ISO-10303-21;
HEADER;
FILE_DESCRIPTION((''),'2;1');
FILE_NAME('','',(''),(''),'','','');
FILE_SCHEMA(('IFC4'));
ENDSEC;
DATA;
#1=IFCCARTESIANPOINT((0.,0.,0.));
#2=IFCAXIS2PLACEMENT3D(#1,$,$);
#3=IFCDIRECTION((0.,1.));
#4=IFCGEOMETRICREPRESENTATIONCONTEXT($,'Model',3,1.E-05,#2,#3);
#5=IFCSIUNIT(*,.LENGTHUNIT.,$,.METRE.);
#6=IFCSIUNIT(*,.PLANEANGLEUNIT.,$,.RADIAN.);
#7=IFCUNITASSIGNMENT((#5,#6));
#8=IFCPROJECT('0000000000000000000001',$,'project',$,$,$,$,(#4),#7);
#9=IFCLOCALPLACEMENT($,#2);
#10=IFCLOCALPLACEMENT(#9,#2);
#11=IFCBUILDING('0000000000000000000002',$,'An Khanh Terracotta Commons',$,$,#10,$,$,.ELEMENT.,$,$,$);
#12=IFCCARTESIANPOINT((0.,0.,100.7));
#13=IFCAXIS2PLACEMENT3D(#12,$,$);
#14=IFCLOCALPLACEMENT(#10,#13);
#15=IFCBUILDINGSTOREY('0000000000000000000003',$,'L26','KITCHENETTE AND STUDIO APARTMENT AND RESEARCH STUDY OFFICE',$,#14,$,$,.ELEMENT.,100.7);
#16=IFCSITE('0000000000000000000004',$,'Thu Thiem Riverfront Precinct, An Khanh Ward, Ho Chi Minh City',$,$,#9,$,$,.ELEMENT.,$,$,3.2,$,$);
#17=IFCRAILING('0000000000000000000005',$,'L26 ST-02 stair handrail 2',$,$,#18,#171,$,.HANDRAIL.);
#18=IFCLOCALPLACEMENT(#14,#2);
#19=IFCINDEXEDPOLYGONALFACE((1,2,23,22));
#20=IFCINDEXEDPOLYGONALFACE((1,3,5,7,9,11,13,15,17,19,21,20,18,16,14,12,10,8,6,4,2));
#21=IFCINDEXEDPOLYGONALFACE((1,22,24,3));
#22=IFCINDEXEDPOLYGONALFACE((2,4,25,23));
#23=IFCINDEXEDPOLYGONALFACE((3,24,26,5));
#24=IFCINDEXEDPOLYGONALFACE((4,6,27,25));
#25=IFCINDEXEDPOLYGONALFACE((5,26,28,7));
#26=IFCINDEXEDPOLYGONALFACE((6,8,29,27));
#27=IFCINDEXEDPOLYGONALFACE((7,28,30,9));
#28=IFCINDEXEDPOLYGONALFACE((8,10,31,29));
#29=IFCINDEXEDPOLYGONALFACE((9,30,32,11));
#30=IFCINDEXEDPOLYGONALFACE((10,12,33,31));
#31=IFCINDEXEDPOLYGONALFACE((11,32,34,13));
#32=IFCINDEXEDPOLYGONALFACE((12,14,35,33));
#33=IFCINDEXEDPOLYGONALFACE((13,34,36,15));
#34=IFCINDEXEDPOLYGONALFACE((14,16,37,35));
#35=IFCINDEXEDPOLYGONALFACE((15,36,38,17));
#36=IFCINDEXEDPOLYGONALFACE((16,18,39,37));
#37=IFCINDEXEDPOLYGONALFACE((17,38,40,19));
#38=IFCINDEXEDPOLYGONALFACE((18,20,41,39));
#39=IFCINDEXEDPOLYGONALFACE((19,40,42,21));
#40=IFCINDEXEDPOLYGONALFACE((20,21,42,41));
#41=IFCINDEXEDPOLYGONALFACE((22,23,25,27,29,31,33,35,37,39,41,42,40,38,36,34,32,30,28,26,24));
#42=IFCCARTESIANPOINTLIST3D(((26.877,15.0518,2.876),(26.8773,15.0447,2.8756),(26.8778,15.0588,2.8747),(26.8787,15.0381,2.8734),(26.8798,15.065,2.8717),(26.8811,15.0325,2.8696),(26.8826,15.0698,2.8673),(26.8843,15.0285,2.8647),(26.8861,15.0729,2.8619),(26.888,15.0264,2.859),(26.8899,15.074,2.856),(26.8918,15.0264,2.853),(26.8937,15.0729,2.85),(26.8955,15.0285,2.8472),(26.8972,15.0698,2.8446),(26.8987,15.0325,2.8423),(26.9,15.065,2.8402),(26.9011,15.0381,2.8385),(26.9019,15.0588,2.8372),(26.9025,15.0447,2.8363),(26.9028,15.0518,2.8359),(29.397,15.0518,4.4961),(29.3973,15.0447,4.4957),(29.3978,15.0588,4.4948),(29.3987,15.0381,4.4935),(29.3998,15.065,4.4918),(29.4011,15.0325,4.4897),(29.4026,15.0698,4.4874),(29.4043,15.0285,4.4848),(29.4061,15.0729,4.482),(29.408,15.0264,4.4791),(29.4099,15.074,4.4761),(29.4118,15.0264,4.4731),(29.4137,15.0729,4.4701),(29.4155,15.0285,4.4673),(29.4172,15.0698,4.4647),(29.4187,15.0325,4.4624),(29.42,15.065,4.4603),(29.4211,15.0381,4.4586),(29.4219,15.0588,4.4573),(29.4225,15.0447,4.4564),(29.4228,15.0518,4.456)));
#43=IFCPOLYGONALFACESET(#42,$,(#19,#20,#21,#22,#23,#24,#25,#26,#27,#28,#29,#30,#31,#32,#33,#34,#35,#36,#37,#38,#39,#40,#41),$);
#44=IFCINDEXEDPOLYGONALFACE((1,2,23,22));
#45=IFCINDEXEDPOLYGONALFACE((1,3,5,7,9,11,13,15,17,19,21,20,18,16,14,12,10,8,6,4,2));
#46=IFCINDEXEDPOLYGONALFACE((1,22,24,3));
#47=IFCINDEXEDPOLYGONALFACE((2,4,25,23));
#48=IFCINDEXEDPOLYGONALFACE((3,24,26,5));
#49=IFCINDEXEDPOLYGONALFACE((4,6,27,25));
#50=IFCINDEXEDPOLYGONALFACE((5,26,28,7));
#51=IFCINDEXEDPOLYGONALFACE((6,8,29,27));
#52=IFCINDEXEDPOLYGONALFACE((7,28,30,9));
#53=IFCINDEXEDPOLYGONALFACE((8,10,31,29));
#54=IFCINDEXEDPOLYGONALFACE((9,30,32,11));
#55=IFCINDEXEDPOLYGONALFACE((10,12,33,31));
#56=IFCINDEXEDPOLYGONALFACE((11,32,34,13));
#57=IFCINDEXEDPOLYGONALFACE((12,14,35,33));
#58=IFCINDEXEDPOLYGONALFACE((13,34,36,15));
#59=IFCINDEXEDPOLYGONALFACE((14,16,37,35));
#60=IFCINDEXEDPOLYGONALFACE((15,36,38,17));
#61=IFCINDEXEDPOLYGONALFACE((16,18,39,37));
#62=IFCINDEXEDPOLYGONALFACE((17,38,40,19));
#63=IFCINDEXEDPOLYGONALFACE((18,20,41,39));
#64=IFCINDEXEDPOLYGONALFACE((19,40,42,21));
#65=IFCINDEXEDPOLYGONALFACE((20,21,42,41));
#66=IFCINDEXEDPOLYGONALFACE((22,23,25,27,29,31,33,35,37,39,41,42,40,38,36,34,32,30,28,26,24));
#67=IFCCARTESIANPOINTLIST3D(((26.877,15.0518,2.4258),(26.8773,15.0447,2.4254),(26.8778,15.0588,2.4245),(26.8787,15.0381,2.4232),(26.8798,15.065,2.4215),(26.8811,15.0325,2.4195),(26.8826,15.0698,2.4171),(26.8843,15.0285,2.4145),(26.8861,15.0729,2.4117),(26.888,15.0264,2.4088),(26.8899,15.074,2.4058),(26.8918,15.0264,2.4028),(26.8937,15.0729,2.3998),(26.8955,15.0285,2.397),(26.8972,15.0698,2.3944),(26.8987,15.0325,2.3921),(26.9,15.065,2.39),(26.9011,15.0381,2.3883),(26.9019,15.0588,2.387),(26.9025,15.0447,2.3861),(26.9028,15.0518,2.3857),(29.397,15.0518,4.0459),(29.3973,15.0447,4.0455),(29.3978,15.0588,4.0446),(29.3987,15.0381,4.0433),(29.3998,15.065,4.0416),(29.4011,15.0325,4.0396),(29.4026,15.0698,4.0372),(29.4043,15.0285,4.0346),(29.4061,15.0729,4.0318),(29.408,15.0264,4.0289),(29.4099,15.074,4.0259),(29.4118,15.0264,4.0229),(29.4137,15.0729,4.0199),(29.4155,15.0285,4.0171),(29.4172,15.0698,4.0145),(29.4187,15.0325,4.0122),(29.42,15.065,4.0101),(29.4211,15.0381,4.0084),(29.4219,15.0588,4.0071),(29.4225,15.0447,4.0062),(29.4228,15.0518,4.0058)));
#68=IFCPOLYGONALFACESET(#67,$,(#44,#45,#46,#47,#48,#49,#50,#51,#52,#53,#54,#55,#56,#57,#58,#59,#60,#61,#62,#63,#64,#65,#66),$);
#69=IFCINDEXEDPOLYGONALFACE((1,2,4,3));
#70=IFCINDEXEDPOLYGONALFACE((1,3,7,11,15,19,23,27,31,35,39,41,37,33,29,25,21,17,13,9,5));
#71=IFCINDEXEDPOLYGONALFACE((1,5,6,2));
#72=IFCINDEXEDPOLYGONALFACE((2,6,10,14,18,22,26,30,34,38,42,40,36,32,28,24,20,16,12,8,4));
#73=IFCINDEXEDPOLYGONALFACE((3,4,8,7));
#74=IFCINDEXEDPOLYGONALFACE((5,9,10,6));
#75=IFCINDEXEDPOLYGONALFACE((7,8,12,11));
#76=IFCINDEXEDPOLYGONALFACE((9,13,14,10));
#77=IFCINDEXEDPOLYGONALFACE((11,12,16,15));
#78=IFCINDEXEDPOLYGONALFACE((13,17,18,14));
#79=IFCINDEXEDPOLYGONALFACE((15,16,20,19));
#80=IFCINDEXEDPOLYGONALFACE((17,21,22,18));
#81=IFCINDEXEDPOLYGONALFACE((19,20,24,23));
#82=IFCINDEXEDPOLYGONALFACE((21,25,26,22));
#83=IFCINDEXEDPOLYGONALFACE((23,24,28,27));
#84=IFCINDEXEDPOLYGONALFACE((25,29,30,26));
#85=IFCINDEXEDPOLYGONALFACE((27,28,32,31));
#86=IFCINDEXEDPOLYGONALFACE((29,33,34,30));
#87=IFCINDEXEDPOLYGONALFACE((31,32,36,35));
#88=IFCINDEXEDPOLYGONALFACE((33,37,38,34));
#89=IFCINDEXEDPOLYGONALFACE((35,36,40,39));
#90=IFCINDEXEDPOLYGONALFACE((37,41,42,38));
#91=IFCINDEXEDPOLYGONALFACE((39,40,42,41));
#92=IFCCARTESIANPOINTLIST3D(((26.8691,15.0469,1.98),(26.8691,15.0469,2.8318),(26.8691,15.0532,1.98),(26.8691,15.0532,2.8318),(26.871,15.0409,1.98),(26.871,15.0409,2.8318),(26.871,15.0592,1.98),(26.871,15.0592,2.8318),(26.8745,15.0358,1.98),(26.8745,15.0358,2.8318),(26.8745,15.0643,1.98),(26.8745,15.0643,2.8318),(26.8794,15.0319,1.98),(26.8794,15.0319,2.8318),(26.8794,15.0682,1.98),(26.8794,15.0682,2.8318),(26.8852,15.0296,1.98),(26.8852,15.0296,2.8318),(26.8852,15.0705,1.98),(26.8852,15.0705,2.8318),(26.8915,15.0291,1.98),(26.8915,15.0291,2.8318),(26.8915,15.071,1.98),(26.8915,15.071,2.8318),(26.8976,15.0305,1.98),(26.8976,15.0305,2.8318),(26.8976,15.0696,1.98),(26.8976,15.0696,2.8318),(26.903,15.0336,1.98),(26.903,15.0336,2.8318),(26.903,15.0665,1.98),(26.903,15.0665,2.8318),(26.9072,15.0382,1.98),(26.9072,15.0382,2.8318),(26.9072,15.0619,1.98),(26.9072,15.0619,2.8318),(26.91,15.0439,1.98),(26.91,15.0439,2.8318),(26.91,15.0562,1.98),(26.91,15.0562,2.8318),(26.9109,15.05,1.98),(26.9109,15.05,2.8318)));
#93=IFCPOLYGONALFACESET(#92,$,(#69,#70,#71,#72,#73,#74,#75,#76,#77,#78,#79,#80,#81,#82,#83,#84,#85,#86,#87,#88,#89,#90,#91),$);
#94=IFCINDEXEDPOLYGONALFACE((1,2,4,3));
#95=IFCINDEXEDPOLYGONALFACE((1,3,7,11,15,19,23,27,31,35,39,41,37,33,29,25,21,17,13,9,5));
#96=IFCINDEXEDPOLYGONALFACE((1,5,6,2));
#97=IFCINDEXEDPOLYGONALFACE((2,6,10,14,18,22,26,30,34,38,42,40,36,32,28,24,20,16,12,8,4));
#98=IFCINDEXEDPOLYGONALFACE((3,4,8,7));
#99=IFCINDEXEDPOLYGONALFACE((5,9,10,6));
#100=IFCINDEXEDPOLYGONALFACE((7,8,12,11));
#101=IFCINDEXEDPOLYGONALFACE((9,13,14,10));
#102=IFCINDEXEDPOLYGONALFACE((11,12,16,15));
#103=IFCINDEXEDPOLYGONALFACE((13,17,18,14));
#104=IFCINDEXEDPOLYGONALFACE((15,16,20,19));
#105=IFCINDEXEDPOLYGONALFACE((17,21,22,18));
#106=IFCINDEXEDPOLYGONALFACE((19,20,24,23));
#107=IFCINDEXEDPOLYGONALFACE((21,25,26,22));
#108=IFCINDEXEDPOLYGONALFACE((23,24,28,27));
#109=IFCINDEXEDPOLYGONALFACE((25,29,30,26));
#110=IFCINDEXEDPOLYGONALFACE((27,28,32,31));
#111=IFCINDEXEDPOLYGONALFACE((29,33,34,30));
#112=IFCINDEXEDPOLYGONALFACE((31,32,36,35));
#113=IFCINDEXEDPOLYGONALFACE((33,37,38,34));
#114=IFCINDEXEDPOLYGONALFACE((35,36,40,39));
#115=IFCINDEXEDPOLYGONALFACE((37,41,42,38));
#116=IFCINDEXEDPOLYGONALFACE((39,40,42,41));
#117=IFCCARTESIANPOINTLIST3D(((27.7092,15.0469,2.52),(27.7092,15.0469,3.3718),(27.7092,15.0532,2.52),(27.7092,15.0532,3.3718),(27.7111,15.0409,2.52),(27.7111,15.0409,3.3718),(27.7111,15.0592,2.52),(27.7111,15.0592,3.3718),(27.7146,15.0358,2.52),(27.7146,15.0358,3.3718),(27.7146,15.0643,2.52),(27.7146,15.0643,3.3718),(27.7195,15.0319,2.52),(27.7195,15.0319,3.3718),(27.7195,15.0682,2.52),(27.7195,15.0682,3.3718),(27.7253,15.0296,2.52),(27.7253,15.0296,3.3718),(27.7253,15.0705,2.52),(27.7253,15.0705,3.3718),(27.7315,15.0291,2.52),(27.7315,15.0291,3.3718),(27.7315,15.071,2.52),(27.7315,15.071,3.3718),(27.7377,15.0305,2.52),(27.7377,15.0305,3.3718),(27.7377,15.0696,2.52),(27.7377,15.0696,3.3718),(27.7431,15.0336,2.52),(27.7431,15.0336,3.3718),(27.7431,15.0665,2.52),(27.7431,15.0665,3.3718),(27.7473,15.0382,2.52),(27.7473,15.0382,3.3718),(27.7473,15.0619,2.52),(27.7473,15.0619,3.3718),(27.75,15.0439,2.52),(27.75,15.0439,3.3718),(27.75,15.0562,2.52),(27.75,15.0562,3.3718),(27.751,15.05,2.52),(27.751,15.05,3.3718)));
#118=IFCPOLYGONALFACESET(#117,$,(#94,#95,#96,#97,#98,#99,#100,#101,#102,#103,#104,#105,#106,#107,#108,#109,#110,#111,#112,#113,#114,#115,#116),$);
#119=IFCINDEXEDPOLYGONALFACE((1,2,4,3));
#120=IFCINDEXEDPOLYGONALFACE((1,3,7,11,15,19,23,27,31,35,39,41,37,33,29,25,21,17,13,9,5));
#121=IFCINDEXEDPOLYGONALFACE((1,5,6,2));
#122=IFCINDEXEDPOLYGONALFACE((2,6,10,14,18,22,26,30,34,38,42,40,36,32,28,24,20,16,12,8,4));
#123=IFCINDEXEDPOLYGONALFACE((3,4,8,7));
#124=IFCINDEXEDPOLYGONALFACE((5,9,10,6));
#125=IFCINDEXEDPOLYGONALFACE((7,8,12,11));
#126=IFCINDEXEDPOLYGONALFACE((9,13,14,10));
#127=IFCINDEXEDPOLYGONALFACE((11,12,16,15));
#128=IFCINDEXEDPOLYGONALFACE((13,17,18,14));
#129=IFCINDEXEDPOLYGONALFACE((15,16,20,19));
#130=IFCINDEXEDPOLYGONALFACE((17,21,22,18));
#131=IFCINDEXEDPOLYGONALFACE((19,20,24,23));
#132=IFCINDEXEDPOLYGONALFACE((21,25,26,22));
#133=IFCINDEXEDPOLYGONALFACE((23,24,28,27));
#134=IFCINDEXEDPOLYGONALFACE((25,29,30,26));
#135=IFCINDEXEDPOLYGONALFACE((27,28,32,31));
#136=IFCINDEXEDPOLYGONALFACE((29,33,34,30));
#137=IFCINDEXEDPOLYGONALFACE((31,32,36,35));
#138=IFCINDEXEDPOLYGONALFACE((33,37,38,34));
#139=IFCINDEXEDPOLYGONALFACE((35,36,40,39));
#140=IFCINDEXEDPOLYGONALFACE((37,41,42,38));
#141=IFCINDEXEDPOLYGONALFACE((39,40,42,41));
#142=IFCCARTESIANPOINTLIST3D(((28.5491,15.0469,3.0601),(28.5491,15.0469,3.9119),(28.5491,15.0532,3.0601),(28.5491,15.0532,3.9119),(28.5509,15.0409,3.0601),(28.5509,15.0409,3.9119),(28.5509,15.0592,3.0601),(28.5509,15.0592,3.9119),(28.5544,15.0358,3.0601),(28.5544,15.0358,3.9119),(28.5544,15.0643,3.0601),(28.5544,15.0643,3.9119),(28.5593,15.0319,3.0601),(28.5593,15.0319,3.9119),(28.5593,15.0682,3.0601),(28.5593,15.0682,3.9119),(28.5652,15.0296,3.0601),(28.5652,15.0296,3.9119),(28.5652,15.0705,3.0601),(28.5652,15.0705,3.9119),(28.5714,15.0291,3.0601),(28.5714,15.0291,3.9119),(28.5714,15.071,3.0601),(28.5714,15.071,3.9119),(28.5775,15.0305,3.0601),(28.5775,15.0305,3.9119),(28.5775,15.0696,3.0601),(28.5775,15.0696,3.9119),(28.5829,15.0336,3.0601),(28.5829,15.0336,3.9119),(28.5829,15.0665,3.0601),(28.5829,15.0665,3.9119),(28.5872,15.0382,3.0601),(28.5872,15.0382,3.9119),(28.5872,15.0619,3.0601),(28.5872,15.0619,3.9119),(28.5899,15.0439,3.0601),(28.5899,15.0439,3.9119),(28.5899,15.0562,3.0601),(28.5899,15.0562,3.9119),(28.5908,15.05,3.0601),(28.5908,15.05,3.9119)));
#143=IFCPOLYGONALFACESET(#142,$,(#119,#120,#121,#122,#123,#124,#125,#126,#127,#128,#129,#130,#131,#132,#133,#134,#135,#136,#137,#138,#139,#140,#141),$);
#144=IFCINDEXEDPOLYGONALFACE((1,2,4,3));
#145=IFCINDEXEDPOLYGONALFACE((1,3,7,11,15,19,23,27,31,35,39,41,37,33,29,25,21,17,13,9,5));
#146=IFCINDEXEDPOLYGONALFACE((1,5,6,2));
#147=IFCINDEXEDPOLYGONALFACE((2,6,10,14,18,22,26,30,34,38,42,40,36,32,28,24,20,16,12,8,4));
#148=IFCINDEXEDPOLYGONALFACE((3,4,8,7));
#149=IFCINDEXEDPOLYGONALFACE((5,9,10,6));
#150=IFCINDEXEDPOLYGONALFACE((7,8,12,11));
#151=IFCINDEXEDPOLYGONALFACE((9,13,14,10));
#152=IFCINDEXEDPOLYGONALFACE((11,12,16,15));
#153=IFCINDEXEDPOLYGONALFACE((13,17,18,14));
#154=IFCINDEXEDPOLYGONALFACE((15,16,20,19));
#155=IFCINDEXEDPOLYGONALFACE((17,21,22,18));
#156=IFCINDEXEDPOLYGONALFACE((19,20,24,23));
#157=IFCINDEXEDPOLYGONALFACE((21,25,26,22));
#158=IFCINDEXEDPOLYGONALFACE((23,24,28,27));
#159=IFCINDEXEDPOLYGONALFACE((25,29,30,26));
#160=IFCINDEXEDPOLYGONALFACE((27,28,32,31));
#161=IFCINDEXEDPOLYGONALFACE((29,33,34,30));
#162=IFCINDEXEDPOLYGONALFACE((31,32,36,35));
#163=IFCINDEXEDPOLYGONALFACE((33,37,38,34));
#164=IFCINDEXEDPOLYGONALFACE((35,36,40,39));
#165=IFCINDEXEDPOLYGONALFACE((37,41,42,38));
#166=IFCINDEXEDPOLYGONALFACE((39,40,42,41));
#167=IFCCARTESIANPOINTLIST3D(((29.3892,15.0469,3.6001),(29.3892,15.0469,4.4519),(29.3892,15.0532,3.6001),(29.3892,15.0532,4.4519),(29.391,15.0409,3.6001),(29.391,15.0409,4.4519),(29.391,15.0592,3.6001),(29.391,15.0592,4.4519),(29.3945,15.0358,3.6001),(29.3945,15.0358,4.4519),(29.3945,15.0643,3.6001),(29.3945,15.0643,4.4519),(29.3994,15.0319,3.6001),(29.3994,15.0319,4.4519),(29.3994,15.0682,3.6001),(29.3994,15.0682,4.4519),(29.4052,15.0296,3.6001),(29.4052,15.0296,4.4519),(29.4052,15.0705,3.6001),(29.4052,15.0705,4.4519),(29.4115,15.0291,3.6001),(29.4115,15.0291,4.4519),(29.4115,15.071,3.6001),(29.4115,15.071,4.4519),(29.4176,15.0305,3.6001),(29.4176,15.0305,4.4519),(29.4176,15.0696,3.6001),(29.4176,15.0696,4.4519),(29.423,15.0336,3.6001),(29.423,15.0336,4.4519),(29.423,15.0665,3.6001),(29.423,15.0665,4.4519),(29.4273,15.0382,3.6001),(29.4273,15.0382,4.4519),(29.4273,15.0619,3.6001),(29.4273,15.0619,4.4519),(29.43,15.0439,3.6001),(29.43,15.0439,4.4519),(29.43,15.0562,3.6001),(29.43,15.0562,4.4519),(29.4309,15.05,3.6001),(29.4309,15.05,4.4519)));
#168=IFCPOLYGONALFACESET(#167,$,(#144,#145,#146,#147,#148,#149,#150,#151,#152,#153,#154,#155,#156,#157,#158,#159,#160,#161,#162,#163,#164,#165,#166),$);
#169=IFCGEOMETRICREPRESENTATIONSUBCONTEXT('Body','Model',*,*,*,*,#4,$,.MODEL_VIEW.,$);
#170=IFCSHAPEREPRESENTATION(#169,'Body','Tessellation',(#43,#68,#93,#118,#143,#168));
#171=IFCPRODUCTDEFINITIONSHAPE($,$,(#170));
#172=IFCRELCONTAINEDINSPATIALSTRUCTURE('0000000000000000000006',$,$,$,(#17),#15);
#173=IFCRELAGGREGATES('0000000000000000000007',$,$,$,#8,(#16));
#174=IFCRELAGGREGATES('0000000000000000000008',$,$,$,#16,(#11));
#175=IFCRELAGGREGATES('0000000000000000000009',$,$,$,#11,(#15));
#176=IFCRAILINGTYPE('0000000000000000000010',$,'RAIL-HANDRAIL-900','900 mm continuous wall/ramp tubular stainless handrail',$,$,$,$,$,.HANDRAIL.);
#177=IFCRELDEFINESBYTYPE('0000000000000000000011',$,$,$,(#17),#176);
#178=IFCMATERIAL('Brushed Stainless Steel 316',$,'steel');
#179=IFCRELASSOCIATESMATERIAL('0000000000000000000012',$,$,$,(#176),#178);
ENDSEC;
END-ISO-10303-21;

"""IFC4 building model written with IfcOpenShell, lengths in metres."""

from ifc_helpers import new_model, si_unit, direction, frame, origin, origin_2d, place, context, subcontext, project, spatial, circle, extrude, material, type_object, element, save


model = new_model("IFC4")

# Units and contexts
model_context = context("Model", 3, precision=1e-05, world=origin(), true_north=direction((0.0, 1.0)))
body_context = subcontext(model_context, "Body", "Model", "MODEL_VIEW")
ifc_project = project(units=[si_unit("LENGTHUNIT", "METRE"), si_unit("PLANEANGLEUNIT", "RADIAN")], contexts=[model_context])

# Site, building, storey
site_placement = place(None, origin())
site = spatial("IfcSite", under=ifc_project, at=site_placement, Name="Thu Thiem Riverfront Precinct, An Khanh Ward, Ho Chi Minh City", CompositionType="ELEMENT", RefElevation=3.2)
building_placement = place(site_placement, origin())
building = spatial("IfcBuilding", under=site, at=building_placement, Name="An Khanh Terracotta Commons", CompositionType="ELEMENT")
storey_placement = place(building_placement, frame((0.0, 0.0, 100.7)))
storey = spatial("IfcBuildingStorey", under=building, at=storey_placement, Name="L26", Description="KITCHENETTE AND STUDIO APARTMENT AND RESEARCH STUDY OFFICE", CompositionType="ELEMENT", Elevation=100.7)

# Railing
ifc_material_1 = material(Name="Brushed Stainless Steel 316", Category="steel")
railing_type_1 = type_object("IfcRailingType", Name="RAIL-HANDRAIL-900", Description="900 mm continuous wall/ramp tubular stainless handrail", PredefinedType="HANDRAIL", material=ifc_material_1)
railing_1_placement = place(storey_placement, frame((26.8899, 15.05, 1.98)))
element("IfcRailing", 1, at=railing_1_placement, inside=storey, type_object=railing_type_1, Name="L26 ST-02 stair handrail 2", PredefinedType="HANDRAIL", context=body_context, shape_type="SweptSolid", body=[
    extrude(circle(Radius=0.0239, at=origin_2d()), frame((0.0, 0.0, 0.876), z_axis=(0.841163, 0.0, 0.540782), x_axis=(0.0, 1.0, 0.0)), (0.0, 0.0, 1.0), 2.9958),
    extrude(circle(Radius=0.0239, at=origin_2d()), frame((0.0, 0.0, 0.4258), z_axis=(0.841163, 0.0, 0.540782), x_axis=(0.0, 1.0, 0.0)), (0.0, 0.0, 1.0), 2.9958),
    extrude(circle(Radius=0.021, at=origin_2d()), origin(), (0.0, 0.0, 1.0), 0.8518),
    extrude(circle(Radius=0.021, at=origin_2d()), frame((0.8401, 0.0, 0.54)), (0.0, 0.0, 1.0), 0.8518),
    extrude(circle(Radius=0.021, at=origin_2d()), frame((1.6799, 0.0, 1.0801)), (0.0, 0.0, 1.0), 0.8518),
    extrude(circle(Radius=0.021, at=origin_2d()), frame((2.52, 0.0, 1.6201)), (0.0, 0.0, 1.0), 0.8518),
])

save(model, "model.ifc")
